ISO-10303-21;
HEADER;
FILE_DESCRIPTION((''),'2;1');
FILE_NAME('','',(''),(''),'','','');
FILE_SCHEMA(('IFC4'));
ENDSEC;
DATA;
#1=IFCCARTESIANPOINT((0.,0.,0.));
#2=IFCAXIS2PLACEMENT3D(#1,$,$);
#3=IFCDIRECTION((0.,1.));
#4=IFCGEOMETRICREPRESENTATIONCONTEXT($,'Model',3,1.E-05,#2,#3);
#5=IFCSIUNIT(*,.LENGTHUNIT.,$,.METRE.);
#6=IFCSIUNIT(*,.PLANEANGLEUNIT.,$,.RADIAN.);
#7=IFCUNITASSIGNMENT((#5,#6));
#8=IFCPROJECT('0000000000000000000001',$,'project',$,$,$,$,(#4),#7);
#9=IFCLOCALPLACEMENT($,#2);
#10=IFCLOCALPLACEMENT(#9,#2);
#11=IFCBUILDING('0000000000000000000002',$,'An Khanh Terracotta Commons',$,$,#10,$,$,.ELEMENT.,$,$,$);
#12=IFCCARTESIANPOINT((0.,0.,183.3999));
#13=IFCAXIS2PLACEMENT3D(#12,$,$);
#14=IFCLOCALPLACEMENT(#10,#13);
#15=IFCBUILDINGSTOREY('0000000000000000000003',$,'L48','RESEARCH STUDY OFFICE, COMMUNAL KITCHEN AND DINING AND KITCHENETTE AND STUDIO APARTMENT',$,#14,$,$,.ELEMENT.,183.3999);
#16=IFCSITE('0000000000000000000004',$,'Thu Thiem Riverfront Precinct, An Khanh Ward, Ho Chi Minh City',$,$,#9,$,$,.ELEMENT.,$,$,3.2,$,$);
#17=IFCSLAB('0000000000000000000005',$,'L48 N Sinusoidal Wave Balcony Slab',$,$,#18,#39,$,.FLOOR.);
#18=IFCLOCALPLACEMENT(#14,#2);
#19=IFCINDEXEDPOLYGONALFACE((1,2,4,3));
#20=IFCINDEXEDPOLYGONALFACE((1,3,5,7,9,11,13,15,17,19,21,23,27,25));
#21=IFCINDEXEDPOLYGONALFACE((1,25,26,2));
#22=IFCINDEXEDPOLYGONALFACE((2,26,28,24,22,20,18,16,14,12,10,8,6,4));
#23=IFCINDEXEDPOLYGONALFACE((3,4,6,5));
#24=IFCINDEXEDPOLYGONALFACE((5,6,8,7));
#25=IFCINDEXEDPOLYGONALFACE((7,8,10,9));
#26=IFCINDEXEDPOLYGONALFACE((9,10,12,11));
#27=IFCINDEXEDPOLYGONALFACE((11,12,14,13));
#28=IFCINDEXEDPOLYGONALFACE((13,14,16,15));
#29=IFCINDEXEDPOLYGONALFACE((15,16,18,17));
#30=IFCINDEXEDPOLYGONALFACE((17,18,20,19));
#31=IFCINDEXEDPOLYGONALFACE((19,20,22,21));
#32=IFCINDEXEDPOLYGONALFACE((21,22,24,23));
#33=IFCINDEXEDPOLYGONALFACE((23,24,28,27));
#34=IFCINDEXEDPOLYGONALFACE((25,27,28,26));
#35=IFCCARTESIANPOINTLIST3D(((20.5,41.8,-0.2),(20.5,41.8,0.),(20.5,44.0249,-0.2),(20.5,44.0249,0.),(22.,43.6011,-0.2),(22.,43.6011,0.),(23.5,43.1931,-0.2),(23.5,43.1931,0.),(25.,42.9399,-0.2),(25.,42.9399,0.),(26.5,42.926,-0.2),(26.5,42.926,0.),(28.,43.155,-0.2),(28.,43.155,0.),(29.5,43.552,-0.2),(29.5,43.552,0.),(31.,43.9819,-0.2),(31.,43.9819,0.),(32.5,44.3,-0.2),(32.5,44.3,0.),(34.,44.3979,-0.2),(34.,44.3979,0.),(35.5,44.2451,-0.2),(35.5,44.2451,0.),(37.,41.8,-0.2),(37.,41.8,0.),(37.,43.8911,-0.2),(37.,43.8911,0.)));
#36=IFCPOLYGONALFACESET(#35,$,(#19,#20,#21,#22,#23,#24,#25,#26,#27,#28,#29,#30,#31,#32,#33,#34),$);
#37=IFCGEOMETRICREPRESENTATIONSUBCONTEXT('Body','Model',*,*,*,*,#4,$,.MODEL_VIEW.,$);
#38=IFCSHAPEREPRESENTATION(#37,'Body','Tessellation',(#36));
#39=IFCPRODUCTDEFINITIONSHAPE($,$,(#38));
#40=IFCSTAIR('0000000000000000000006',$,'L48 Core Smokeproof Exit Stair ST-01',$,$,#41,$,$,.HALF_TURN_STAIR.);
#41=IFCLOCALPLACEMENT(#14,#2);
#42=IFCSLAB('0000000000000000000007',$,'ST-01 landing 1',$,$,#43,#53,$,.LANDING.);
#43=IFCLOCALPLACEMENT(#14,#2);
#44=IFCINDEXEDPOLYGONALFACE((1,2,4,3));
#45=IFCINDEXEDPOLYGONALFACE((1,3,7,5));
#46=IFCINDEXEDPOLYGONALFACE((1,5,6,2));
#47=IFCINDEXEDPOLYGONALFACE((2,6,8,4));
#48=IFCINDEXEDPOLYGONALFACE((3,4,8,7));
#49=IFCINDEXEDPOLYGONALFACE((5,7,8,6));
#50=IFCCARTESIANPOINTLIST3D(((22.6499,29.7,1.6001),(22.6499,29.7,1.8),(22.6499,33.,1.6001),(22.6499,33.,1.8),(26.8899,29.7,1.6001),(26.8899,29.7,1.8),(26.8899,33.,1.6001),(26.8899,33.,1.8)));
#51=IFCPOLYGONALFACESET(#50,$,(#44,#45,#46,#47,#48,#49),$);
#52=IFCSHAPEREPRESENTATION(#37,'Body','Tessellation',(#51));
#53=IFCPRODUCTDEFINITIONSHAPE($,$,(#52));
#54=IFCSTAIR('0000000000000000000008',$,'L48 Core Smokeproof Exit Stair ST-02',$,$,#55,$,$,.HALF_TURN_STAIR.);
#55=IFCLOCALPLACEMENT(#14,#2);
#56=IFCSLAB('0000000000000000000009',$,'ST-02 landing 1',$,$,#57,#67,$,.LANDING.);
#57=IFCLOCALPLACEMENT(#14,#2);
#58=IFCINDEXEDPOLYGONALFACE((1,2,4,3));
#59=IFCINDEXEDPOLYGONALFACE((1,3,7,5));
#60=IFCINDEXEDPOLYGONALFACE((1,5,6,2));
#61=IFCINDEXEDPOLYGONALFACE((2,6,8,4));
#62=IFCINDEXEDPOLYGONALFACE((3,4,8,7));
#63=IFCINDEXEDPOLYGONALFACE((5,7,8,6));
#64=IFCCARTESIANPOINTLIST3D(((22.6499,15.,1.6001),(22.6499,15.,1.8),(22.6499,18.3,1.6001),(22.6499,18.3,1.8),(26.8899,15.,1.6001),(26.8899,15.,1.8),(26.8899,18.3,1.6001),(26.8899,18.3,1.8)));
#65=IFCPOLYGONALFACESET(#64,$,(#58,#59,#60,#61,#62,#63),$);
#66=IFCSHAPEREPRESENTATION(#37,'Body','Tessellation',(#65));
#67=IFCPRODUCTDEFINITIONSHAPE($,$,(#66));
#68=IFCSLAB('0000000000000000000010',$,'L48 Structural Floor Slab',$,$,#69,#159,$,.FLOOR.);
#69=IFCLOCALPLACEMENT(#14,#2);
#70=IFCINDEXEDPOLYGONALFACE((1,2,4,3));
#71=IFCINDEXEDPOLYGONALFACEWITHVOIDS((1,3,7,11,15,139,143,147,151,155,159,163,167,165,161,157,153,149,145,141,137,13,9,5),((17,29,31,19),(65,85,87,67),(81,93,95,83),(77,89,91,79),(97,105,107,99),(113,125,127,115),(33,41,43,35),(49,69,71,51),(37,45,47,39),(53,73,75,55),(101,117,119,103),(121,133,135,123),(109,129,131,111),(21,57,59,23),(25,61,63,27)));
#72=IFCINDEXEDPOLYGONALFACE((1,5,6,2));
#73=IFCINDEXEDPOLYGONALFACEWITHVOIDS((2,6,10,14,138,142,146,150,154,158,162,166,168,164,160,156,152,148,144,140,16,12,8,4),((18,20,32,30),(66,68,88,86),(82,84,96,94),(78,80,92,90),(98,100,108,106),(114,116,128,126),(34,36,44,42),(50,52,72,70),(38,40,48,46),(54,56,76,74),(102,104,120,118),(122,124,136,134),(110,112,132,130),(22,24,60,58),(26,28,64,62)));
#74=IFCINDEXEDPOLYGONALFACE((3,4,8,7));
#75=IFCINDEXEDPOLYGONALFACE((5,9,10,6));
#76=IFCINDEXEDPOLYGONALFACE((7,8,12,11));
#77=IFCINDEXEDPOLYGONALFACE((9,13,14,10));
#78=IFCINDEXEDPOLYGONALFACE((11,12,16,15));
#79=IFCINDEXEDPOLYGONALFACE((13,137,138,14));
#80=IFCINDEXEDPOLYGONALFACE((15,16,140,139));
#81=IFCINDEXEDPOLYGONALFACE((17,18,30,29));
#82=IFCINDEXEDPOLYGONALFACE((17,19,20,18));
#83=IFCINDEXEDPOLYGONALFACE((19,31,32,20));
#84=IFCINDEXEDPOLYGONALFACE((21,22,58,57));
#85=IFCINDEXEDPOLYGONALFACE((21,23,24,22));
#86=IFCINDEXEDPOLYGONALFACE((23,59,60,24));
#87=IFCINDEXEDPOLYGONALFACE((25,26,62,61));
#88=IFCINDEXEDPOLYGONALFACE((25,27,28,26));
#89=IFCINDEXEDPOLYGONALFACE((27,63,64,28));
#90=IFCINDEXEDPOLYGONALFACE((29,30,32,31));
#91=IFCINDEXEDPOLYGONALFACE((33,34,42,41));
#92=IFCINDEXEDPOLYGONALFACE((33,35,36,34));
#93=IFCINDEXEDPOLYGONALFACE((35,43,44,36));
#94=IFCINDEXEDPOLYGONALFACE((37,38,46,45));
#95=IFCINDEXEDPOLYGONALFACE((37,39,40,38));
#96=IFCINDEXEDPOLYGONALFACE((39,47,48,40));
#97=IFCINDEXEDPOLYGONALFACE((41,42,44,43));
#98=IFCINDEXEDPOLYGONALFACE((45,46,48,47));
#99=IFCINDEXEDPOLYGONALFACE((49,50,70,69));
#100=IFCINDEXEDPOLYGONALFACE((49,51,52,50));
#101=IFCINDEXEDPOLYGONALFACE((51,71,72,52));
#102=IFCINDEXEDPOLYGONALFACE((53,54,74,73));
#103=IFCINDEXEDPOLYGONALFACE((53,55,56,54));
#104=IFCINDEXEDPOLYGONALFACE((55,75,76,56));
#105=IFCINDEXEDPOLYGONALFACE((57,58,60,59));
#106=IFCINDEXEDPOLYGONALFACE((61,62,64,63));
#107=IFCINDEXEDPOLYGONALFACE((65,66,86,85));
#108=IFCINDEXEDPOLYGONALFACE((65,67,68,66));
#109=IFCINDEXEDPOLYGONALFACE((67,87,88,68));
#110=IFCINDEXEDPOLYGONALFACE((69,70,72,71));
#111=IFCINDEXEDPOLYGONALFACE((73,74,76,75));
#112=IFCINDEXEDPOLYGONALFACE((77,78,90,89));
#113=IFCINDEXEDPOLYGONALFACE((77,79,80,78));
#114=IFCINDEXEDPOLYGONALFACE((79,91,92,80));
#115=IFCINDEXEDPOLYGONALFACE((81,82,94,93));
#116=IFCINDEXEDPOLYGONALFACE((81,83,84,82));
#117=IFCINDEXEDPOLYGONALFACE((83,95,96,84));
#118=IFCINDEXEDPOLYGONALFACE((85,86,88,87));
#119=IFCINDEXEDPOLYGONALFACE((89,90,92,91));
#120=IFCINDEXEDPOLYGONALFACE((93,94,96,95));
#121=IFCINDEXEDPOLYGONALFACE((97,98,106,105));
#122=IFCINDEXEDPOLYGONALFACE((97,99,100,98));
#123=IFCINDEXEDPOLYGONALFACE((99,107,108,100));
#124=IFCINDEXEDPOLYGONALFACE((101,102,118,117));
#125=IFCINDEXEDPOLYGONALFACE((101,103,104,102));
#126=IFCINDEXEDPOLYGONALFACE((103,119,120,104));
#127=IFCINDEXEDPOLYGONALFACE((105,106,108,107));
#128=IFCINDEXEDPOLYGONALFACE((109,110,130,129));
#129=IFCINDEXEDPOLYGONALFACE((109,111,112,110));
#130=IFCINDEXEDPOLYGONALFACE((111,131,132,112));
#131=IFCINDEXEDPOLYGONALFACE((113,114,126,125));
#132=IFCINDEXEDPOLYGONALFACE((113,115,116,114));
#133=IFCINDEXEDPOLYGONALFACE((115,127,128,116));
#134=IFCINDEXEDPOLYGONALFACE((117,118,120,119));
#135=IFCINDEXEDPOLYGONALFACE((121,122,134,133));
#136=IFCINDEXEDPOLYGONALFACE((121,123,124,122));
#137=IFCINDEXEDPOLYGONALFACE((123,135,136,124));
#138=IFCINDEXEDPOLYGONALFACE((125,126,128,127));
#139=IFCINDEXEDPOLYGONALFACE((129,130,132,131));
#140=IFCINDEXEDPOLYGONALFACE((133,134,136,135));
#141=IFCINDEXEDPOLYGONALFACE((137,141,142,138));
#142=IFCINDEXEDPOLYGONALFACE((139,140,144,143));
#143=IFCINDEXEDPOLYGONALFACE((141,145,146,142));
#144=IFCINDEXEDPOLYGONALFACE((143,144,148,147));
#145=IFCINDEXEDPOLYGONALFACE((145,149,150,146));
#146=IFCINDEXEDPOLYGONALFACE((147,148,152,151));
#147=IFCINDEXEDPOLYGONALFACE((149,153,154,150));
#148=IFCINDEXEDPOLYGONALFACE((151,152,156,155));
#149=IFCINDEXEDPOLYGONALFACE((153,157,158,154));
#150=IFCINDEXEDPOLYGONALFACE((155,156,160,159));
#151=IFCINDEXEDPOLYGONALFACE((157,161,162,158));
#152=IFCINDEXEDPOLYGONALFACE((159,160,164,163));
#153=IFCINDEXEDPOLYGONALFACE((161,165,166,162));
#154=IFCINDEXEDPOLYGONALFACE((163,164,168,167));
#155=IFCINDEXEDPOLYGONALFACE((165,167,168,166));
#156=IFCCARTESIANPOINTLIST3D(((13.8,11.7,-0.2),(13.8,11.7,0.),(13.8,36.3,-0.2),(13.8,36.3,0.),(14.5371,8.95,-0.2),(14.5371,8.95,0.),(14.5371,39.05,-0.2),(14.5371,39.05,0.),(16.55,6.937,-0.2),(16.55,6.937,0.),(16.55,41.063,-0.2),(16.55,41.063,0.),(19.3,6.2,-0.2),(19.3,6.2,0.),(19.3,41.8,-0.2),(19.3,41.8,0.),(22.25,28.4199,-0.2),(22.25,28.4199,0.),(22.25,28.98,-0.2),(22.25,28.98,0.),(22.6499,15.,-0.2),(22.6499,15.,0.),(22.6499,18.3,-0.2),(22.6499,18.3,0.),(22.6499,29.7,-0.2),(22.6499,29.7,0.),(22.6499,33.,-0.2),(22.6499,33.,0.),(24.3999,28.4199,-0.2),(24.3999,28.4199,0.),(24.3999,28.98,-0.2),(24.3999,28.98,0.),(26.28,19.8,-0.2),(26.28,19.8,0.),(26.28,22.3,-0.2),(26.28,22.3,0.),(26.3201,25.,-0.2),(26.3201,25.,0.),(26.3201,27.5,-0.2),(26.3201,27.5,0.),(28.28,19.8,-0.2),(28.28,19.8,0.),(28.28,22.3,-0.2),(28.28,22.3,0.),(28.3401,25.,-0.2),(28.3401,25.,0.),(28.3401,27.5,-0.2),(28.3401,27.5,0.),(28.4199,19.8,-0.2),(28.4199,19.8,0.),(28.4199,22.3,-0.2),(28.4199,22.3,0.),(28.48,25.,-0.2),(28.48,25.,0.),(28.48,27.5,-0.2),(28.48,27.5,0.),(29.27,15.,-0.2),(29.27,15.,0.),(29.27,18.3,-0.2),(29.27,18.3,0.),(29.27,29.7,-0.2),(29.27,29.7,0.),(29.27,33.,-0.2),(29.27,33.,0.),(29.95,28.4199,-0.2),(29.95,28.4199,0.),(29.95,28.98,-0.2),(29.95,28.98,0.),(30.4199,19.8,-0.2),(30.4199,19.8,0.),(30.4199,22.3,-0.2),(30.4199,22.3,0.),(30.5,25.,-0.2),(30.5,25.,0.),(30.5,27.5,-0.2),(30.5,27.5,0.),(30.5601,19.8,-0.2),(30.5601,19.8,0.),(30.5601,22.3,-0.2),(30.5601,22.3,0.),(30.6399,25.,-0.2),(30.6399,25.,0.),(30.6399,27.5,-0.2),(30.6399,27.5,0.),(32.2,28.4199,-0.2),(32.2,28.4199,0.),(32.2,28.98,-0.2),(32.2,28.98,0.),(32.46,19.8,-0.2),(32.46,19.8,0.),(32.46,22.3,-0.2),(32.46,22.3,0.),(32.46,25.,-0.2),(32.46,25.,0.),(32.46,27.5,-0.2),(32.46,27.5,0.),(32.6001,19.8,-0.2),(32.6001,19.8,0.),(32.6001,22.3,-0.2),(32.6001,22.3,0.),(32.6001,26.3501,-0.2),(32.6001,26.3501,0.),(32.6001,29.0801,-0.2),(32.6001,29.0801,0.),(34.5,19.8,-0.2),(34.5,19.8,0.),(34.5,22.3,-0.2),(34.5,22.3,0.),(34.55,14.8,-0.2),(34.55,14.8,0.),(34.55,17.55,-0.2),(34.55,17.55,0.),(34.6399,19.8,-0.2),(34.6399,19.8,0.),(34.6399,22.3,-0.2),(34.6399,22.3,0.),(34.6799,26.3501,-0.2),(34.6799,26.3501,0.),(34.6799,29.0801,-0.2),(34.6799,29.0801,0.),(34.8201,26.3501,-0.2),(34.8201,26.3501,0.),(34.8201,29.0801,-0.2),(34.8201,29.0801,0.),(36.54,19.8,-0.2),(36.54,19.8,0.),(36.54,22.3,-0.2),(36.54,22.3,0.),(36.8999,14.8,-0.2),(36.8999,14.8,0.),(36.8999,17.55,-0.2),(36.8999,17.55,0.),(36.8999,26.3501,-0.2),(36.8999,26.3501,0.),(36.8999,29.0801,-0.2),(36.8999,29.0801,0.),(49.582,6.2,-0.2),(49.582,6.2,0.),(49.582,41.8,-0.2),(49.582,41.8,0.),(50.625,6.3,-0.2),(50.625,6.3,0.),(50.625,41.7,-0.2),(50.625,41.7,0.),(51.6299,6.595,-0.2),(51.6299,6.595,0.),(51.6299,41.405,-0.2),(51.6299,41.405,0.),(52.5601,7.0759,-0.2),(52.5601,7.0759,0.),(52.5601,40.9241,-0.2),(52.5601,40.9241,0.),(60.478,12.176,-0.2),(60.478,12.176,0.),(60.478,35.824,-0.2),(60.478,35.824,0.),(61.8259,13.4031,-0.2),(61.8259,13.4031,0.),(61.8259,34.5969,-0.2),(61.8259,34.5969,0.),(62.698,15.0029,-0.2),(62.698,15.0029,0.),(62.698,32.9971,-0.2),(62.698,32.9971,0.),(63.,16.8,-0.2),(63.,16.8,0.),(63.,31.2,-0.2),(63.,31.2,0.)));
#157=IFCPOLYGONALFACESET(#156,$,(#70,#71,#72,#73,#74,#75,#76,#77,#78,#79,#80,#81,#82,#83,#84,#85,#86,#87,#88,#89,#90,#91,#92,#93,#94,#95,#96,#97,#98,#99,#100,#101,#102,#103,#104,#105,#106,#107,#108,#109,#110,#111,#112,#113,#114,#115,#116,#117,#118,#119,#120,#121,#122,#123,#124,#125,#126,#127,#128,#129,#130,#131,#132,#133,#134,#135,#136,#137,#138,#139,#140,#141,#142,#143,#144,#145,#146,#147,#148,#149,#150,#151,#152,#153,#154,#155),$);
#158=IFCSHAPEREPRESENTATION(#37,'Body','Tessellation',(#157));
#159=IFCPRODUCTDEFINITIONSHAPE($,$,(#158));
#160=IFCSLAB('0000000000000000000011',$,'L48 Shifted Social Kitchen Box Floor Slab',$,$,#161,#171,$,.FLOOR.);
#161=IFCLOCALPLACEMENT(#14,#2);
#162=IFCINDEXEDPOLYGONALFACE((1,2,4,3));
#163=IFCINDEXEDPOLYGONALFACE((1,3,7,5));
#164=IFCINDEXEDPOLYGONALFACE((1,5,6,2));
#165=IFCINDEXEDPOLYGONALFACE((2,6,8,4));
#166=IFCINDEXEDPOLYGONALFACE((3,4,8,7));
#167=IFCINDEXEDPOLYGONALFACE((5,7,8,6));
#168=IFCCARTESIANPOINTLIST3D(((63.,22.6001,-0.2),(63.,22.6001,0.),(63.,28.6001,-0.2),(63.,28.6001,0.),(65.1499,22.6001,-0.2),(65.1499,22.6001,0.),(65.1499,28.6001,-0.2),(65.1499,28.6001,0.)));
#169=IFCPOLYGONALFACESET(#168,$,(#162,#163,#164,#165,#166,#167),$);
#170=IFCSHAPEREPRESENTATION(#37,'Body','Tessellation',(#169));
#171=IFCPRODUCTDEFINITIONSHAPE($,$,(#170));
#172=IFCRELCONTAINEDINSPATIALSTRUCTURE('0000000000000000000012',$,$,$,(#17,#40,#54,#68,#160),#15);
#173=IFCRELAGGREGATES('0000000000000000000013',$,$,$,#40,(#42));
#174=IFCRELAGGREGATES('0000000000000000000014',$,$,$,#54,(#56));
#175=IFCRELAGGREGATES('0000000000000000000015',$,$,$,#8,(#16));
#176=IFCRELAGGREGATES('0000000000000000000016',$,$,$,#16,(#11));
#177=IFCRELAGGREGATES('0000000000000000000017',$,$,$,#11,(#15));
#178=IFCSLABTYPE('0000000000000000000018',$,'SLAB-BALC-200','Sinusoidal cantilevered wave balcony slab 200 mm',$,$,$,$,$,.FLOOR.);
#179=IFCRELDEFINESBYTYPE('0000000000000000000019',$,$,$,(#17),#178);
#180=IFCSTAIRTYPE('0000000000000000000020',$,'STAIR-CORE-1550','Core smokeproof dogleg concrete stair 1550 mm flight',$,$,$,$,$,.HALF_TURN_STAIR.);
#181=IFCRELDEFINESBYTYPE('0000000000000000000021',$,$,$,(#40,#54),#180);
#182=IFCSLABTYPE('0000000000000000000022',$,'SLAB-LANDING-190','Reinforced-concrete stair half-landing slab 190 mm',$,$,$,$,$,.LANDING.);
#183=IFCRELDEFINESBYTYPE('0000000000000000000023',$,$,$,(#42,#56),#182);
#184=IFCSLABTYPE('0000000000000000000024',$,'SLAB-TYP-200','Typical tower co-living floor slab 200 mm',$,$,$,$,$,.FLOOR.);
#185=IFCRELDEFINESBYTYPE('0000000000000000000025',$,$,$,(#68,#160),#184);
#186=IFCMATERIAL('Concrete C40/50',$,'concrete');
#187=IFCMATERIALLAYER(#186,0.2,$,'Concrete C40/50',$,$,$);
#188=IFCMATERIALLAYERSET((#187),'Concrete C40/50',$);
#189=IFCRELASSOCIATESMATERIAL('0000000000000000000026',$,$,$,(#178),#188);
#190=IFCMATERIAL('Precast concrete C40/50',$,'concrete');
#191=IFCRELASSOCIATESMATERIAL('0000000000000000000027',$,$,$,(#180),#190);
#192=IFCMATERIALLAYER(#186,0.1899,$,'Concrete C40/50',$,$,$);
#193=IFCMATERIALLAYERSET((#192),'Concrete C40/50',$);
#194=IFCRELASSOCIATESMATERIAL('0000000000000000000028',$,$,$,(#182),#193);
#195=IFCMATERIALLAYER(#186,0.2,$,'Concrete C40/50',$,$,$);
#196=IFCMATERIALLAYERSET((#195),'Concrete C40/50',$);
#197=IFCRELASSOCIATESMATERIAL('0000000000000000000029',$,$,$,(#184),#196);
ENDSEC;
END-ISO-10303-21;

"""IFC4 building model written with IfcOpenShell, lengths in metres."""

from ifc_helpers import new_model, si_unit, direction, frame, origin, place, context, subcontext, project, spatial, polyline, outline, extrude, material, layer, layer_set, type_object, element, aggregate, save


model = new_model("IFC4")

# Units and contexts
model_context = context("Model", 3, precision=1e-05, world=origin(), true_north=direction((0.0, 1.0)))
body_context = subcontext(model_context, "Body", "Model", "MODEL_VIEW")
ifc_project = project(units=[si_unit("LENGTHUNIT", "METRE"), si_unit("PLANEANGLEUNIT", "RADIAN")], contexts=[model_context])

# Site, building, storey
site_placement = place(None, origin())
site = spatial("IfcSite", under=ifc_project, at=site_placement, Name="Thu Thiem Riverfront Precinct, An Khanh Ward, Ho Chi Minh City", CompositionType="ELEMENT", RefElevation=3.2)
building_placement = place(site_placement, origin())
building = spatial("IfcBuilding", under=site, at=building_placement, Name="An Khanh Terracotta Commons", CompositionType="ELEMENT")
storey_placement = place(building_placement, frame((0.0, 0.0, 183.3999)))
storey = spatial("IfcBuildingStorey", under=building, at=storey_placement, Name="L48", Description="RESEARCH STUDY OFFICE, COMMUNAL KITCHEN AND DINING AND KITCHENETTE AND STUDIO APARTMENT", CompositionType="ELEMENT", Elevation=183.3999)

# Slab
ifc_material_1 = material(Name="Concrete C40/50", Category="concrete")
ifc_layer_1 = layer(ifc_material_1, 0.2, Name="Concrete C40/50")
ifc_layer_set_1 = layer_set([ifc_layer_1], Name="Concrete C40/50")
slab_type_1 = type_object("IfcSlabType", Name="SLAB-BALC-200", Description="Sinusoidal cantilevered wave balcony slab 200 mm", PredefinedType="FLOOR", material=ifc_layer_set_1)
slab_1_placement = place(storey_placement, frame((0.0, 0.0, -0.2)))
element("IfcSlab", 1, at=slab_1_placement, inside=storey, type_object=slab_type_1, Name="L48 N Sinusoidal Wave Balcony Slab", PredefinedType="FLOOR", context=body_context, shape_type="SweptSolid", body=[
    extrude(outline(polyline([(37.0, 41.8), (37.0, 43.8911), (35.5, 44.2451), (34.0, 44.3979), (32.5, 44.3), (31.0, 43.9819), (29.5, 43.552), (28.0, 43.155), (26.5, 42.926), (25.0, 42.9399), (23.5, 43.1931), (22.0, 43.6011), (20.5, 44.0249), (20.5, 41.8), (37.0, 41.8)])), origin(), (0.0, 0.0, 1.0), 0.2),
])

# Stairs, slabs
ifc_material_2 = material(Name="Precast concrete C40/50", Category="concrete")
stair_type = type_object("IfcStairType", Name="STAIR-CORE-1550", Description="Core smokeproof dogleg concrete stair 1550 mm flight", PredefinedType="HALF_TURN_STAIR", material=ifc_material_2)
stair_1_placement = place(storey_placement, origin())
stair_1 = element("IfcStair", 2, at=stair_1_placement, inside=storey, type_object=stair_type, Name="L48 Core Smokeproof Exit Stair ST-01", PredefinedType="HALF_TURN_STAIR")
ifc_layer_2 = layer(ifc_material_1, 0.1899, Name="Concrete C40/50")
ifc_layer_set_2 = layer_set([ifc_layer_2], Name="Concrete C40/50")
slab_type_2 = type_object("IfcSlabType", Name="SLAB-LANDING-190", Description="Reinforced-concrete stair half-landing slab 190 mm", PredefinedType="LANDING", material=ifc_layer_set_2)
slab_2_placement = place(storey_placement, frame((0.0, 0.0, 1.6001)))
slab_2 = element("IfcSlab", 3, at=slab_2_placement, type_object=slab_type_2, Name="ST-01 landing 1", PredefinedType="LANDING", context=body_context, shape_type="SweptSolid", body=[
    extrude(outline(polyline([(26.8899, 33.0), (22.6499, 33.0), (22.6499, 29.7), (26.8899, 29.7), (26.8899, 33.0)])), origin(), (0.0, 0.0, 1.0), 0.2),
])
aggregate(stair_1, [slab_2])
stair_2_placement = place(storey_placement, origin())
stair_2 = element("IfcStair", 4, at=stair_2_placement, inside=storey, type_object=stair_type, Name="L48 Core Smokeproof Exit Stair ST-02", PredefinedType="HALF_TURN_STAIR")
slab_3_placement = place(storey_placement, frame((0.0, 0.0, 1.6001)))
slab_3 = element("IfcSlab", 5, at=slab_3_placement, type_object=slab_type_2, Name="ST-02 landing 1", PredefinedType="LANDING", context=body_context, shape_type="SweptSolid", body=[
    extrude(outline(polyline([(26.8899, 18.3), (22.6499, 18.3), (22.6499, 15.0), (26.8899, 15.0), (26.8899, 18.3)])), origin(), (0.0, 0.0, 1.0), 0.2),
])
aggregate(stair_2, [slab_3])

# Slabs
ifc_layer_3 = layer(ifc_material_1, 0.2, Name="Concrete C40/50")
ifc_layer_set_3 = layer_set([ifc_layer_3], Name="Concrete C40/50")
slab_type_3 = type_object("IfcSlabType", Name="SLAB-TYP-200", Description="Typical tower co-living floor slab 200 mm", PredefinedType="FLOOR", material=ifc_layer_set_3)
slab_4_placement = place(storey_placement, frame((0.0, 0.0, -0.2)))
element("IfcSlab", 6, at=slab_4_placement, inside=storey, type_object=slab_type_3, Name="L48 Structural Floor Slab", PredefinedType="FLOOR", context=body_context, shape_type="SweptSolid", body=[
    extrude(outline(polyline([(13.8, 11.7), (14.5371, 8.95), (16.55, 6.937), (19.3, 6.2), (49.582, 6.2), (50.625, 6.3), (51.6299, 6.595), (52.5601, 7.0759), (60.478, 12.176), (61.8259, 13.4031), (62.698, 15.0029), (63.0, 16.8), (63.0, 31.2), (62.698, 32.9971), (61.8259, 34.5969), (60.478, 35.824), (52.5601, 40.9241), (51.6299, 41.405), (50.625, 41.7), (49.582, 41.8), (19.3, 41.8), (16.55, 41.063), (14.5371, 39.05), (13.8, 36.3), (13.8, 11.7)]), holes=[polyline([(22.6499, 29.7), (29.27, 29.7), (29.27, 33.0), (22.6499, 33.0), (22.6499, 29.7)]), polyline([(22.6499, 15.0), (29.27, 15.0), (29.27, 18.3), (22.6499, 18.3), (22.6499, 15.0)]), polyline([(32.6001, 26.3501), (34.6799, 26.3501), (34.6799, 29.0801), (32.6001, 29.0801), (32.6001, 26.3501)]), polyline([(34.8201, 26.3501), (36.8999, 26.3501), (36.8999, 29.0801), (34.8201, 29.0801), (34.8201, 26.3501)]), polyline([(34.55, 14.8), (36.8999, 14.8), (36.8999, 17.55), (34.55, 17.55), (34.55, 14.8)]), polyline([(26.3201, 25.0), (28.3401, 25.0), (28.3401, 27.5), (26.3201, 27.5), (26.3201, 25.0)]), polyline([(28.48, 25.0), (30.5, 25.0), (30.5, 27.5), (28.48, 27.5), (28.48, 25.0)]), polyline([(26.28, 19.8), (28.28, 19.8), (28.28, 22.3), (26.28, 22.3), (26.28, 19.8)]), polyline([(28.4199, 19.8), (30.4199, 19.8), (30.4199, 22.3), (28.4199, 22.3), (28.4199, 19.8)]), polyline([(30.6399, 25.0), (32.46, 25.0), (32.46, 27.5), (30.6399, 27.5), (30.6399, 25.0)]), polyline([(30.5601, 19.8), (32.46, 19.8), (32.46, 22.3), (30.5601, 22.3), (30.5601, 19.8)]), polyline([(32.6001, 19.8), (34.5, 19.8), (34.5, 22.3), (32.6001, 22.3), (32.6001, 19.8)]), polyline([(34.6399, 19.8), (36.54, 19.8), (36.54, 22.3), (34.6399, 22.3), (34.6399, 19.8)]), polyline([(22.25, 28.4199), (24.3999, 28.4199), (24.3999, 28.98), (22.25, 28.98), (22.25, 28.4199)]), polyline([(29.95, 28.4199), (32.2, 28.4199), (32.2, 28.98), (29.95, 28.98), (29.95, 28.4199)])]), origin(), (0.0, 0.0, 1.0), 0.2),
])
slab_5_placement = place(storey_placement, frame((0.0, 0.0, -0.2)))
element("IfcSlab", 7, at=slab_5_placement, inside=storey, type_object=slab_type_3, Name="L48 Shifted Social Kitchen Box Floor Slab", PredefinedType="FLOOR", context=body_context, shape_type="SweptSolid", body=[
    extrude(outline(polyline([(63.0, 22.6001), (65.1499, 22.6001), (65.1499, 28.6001), (63.0, 28.6001), (63.0, 22.6001)])), origin(), (0.0, 0.0, 1.0), 0.2),
])

save(model, "model.ifc")
